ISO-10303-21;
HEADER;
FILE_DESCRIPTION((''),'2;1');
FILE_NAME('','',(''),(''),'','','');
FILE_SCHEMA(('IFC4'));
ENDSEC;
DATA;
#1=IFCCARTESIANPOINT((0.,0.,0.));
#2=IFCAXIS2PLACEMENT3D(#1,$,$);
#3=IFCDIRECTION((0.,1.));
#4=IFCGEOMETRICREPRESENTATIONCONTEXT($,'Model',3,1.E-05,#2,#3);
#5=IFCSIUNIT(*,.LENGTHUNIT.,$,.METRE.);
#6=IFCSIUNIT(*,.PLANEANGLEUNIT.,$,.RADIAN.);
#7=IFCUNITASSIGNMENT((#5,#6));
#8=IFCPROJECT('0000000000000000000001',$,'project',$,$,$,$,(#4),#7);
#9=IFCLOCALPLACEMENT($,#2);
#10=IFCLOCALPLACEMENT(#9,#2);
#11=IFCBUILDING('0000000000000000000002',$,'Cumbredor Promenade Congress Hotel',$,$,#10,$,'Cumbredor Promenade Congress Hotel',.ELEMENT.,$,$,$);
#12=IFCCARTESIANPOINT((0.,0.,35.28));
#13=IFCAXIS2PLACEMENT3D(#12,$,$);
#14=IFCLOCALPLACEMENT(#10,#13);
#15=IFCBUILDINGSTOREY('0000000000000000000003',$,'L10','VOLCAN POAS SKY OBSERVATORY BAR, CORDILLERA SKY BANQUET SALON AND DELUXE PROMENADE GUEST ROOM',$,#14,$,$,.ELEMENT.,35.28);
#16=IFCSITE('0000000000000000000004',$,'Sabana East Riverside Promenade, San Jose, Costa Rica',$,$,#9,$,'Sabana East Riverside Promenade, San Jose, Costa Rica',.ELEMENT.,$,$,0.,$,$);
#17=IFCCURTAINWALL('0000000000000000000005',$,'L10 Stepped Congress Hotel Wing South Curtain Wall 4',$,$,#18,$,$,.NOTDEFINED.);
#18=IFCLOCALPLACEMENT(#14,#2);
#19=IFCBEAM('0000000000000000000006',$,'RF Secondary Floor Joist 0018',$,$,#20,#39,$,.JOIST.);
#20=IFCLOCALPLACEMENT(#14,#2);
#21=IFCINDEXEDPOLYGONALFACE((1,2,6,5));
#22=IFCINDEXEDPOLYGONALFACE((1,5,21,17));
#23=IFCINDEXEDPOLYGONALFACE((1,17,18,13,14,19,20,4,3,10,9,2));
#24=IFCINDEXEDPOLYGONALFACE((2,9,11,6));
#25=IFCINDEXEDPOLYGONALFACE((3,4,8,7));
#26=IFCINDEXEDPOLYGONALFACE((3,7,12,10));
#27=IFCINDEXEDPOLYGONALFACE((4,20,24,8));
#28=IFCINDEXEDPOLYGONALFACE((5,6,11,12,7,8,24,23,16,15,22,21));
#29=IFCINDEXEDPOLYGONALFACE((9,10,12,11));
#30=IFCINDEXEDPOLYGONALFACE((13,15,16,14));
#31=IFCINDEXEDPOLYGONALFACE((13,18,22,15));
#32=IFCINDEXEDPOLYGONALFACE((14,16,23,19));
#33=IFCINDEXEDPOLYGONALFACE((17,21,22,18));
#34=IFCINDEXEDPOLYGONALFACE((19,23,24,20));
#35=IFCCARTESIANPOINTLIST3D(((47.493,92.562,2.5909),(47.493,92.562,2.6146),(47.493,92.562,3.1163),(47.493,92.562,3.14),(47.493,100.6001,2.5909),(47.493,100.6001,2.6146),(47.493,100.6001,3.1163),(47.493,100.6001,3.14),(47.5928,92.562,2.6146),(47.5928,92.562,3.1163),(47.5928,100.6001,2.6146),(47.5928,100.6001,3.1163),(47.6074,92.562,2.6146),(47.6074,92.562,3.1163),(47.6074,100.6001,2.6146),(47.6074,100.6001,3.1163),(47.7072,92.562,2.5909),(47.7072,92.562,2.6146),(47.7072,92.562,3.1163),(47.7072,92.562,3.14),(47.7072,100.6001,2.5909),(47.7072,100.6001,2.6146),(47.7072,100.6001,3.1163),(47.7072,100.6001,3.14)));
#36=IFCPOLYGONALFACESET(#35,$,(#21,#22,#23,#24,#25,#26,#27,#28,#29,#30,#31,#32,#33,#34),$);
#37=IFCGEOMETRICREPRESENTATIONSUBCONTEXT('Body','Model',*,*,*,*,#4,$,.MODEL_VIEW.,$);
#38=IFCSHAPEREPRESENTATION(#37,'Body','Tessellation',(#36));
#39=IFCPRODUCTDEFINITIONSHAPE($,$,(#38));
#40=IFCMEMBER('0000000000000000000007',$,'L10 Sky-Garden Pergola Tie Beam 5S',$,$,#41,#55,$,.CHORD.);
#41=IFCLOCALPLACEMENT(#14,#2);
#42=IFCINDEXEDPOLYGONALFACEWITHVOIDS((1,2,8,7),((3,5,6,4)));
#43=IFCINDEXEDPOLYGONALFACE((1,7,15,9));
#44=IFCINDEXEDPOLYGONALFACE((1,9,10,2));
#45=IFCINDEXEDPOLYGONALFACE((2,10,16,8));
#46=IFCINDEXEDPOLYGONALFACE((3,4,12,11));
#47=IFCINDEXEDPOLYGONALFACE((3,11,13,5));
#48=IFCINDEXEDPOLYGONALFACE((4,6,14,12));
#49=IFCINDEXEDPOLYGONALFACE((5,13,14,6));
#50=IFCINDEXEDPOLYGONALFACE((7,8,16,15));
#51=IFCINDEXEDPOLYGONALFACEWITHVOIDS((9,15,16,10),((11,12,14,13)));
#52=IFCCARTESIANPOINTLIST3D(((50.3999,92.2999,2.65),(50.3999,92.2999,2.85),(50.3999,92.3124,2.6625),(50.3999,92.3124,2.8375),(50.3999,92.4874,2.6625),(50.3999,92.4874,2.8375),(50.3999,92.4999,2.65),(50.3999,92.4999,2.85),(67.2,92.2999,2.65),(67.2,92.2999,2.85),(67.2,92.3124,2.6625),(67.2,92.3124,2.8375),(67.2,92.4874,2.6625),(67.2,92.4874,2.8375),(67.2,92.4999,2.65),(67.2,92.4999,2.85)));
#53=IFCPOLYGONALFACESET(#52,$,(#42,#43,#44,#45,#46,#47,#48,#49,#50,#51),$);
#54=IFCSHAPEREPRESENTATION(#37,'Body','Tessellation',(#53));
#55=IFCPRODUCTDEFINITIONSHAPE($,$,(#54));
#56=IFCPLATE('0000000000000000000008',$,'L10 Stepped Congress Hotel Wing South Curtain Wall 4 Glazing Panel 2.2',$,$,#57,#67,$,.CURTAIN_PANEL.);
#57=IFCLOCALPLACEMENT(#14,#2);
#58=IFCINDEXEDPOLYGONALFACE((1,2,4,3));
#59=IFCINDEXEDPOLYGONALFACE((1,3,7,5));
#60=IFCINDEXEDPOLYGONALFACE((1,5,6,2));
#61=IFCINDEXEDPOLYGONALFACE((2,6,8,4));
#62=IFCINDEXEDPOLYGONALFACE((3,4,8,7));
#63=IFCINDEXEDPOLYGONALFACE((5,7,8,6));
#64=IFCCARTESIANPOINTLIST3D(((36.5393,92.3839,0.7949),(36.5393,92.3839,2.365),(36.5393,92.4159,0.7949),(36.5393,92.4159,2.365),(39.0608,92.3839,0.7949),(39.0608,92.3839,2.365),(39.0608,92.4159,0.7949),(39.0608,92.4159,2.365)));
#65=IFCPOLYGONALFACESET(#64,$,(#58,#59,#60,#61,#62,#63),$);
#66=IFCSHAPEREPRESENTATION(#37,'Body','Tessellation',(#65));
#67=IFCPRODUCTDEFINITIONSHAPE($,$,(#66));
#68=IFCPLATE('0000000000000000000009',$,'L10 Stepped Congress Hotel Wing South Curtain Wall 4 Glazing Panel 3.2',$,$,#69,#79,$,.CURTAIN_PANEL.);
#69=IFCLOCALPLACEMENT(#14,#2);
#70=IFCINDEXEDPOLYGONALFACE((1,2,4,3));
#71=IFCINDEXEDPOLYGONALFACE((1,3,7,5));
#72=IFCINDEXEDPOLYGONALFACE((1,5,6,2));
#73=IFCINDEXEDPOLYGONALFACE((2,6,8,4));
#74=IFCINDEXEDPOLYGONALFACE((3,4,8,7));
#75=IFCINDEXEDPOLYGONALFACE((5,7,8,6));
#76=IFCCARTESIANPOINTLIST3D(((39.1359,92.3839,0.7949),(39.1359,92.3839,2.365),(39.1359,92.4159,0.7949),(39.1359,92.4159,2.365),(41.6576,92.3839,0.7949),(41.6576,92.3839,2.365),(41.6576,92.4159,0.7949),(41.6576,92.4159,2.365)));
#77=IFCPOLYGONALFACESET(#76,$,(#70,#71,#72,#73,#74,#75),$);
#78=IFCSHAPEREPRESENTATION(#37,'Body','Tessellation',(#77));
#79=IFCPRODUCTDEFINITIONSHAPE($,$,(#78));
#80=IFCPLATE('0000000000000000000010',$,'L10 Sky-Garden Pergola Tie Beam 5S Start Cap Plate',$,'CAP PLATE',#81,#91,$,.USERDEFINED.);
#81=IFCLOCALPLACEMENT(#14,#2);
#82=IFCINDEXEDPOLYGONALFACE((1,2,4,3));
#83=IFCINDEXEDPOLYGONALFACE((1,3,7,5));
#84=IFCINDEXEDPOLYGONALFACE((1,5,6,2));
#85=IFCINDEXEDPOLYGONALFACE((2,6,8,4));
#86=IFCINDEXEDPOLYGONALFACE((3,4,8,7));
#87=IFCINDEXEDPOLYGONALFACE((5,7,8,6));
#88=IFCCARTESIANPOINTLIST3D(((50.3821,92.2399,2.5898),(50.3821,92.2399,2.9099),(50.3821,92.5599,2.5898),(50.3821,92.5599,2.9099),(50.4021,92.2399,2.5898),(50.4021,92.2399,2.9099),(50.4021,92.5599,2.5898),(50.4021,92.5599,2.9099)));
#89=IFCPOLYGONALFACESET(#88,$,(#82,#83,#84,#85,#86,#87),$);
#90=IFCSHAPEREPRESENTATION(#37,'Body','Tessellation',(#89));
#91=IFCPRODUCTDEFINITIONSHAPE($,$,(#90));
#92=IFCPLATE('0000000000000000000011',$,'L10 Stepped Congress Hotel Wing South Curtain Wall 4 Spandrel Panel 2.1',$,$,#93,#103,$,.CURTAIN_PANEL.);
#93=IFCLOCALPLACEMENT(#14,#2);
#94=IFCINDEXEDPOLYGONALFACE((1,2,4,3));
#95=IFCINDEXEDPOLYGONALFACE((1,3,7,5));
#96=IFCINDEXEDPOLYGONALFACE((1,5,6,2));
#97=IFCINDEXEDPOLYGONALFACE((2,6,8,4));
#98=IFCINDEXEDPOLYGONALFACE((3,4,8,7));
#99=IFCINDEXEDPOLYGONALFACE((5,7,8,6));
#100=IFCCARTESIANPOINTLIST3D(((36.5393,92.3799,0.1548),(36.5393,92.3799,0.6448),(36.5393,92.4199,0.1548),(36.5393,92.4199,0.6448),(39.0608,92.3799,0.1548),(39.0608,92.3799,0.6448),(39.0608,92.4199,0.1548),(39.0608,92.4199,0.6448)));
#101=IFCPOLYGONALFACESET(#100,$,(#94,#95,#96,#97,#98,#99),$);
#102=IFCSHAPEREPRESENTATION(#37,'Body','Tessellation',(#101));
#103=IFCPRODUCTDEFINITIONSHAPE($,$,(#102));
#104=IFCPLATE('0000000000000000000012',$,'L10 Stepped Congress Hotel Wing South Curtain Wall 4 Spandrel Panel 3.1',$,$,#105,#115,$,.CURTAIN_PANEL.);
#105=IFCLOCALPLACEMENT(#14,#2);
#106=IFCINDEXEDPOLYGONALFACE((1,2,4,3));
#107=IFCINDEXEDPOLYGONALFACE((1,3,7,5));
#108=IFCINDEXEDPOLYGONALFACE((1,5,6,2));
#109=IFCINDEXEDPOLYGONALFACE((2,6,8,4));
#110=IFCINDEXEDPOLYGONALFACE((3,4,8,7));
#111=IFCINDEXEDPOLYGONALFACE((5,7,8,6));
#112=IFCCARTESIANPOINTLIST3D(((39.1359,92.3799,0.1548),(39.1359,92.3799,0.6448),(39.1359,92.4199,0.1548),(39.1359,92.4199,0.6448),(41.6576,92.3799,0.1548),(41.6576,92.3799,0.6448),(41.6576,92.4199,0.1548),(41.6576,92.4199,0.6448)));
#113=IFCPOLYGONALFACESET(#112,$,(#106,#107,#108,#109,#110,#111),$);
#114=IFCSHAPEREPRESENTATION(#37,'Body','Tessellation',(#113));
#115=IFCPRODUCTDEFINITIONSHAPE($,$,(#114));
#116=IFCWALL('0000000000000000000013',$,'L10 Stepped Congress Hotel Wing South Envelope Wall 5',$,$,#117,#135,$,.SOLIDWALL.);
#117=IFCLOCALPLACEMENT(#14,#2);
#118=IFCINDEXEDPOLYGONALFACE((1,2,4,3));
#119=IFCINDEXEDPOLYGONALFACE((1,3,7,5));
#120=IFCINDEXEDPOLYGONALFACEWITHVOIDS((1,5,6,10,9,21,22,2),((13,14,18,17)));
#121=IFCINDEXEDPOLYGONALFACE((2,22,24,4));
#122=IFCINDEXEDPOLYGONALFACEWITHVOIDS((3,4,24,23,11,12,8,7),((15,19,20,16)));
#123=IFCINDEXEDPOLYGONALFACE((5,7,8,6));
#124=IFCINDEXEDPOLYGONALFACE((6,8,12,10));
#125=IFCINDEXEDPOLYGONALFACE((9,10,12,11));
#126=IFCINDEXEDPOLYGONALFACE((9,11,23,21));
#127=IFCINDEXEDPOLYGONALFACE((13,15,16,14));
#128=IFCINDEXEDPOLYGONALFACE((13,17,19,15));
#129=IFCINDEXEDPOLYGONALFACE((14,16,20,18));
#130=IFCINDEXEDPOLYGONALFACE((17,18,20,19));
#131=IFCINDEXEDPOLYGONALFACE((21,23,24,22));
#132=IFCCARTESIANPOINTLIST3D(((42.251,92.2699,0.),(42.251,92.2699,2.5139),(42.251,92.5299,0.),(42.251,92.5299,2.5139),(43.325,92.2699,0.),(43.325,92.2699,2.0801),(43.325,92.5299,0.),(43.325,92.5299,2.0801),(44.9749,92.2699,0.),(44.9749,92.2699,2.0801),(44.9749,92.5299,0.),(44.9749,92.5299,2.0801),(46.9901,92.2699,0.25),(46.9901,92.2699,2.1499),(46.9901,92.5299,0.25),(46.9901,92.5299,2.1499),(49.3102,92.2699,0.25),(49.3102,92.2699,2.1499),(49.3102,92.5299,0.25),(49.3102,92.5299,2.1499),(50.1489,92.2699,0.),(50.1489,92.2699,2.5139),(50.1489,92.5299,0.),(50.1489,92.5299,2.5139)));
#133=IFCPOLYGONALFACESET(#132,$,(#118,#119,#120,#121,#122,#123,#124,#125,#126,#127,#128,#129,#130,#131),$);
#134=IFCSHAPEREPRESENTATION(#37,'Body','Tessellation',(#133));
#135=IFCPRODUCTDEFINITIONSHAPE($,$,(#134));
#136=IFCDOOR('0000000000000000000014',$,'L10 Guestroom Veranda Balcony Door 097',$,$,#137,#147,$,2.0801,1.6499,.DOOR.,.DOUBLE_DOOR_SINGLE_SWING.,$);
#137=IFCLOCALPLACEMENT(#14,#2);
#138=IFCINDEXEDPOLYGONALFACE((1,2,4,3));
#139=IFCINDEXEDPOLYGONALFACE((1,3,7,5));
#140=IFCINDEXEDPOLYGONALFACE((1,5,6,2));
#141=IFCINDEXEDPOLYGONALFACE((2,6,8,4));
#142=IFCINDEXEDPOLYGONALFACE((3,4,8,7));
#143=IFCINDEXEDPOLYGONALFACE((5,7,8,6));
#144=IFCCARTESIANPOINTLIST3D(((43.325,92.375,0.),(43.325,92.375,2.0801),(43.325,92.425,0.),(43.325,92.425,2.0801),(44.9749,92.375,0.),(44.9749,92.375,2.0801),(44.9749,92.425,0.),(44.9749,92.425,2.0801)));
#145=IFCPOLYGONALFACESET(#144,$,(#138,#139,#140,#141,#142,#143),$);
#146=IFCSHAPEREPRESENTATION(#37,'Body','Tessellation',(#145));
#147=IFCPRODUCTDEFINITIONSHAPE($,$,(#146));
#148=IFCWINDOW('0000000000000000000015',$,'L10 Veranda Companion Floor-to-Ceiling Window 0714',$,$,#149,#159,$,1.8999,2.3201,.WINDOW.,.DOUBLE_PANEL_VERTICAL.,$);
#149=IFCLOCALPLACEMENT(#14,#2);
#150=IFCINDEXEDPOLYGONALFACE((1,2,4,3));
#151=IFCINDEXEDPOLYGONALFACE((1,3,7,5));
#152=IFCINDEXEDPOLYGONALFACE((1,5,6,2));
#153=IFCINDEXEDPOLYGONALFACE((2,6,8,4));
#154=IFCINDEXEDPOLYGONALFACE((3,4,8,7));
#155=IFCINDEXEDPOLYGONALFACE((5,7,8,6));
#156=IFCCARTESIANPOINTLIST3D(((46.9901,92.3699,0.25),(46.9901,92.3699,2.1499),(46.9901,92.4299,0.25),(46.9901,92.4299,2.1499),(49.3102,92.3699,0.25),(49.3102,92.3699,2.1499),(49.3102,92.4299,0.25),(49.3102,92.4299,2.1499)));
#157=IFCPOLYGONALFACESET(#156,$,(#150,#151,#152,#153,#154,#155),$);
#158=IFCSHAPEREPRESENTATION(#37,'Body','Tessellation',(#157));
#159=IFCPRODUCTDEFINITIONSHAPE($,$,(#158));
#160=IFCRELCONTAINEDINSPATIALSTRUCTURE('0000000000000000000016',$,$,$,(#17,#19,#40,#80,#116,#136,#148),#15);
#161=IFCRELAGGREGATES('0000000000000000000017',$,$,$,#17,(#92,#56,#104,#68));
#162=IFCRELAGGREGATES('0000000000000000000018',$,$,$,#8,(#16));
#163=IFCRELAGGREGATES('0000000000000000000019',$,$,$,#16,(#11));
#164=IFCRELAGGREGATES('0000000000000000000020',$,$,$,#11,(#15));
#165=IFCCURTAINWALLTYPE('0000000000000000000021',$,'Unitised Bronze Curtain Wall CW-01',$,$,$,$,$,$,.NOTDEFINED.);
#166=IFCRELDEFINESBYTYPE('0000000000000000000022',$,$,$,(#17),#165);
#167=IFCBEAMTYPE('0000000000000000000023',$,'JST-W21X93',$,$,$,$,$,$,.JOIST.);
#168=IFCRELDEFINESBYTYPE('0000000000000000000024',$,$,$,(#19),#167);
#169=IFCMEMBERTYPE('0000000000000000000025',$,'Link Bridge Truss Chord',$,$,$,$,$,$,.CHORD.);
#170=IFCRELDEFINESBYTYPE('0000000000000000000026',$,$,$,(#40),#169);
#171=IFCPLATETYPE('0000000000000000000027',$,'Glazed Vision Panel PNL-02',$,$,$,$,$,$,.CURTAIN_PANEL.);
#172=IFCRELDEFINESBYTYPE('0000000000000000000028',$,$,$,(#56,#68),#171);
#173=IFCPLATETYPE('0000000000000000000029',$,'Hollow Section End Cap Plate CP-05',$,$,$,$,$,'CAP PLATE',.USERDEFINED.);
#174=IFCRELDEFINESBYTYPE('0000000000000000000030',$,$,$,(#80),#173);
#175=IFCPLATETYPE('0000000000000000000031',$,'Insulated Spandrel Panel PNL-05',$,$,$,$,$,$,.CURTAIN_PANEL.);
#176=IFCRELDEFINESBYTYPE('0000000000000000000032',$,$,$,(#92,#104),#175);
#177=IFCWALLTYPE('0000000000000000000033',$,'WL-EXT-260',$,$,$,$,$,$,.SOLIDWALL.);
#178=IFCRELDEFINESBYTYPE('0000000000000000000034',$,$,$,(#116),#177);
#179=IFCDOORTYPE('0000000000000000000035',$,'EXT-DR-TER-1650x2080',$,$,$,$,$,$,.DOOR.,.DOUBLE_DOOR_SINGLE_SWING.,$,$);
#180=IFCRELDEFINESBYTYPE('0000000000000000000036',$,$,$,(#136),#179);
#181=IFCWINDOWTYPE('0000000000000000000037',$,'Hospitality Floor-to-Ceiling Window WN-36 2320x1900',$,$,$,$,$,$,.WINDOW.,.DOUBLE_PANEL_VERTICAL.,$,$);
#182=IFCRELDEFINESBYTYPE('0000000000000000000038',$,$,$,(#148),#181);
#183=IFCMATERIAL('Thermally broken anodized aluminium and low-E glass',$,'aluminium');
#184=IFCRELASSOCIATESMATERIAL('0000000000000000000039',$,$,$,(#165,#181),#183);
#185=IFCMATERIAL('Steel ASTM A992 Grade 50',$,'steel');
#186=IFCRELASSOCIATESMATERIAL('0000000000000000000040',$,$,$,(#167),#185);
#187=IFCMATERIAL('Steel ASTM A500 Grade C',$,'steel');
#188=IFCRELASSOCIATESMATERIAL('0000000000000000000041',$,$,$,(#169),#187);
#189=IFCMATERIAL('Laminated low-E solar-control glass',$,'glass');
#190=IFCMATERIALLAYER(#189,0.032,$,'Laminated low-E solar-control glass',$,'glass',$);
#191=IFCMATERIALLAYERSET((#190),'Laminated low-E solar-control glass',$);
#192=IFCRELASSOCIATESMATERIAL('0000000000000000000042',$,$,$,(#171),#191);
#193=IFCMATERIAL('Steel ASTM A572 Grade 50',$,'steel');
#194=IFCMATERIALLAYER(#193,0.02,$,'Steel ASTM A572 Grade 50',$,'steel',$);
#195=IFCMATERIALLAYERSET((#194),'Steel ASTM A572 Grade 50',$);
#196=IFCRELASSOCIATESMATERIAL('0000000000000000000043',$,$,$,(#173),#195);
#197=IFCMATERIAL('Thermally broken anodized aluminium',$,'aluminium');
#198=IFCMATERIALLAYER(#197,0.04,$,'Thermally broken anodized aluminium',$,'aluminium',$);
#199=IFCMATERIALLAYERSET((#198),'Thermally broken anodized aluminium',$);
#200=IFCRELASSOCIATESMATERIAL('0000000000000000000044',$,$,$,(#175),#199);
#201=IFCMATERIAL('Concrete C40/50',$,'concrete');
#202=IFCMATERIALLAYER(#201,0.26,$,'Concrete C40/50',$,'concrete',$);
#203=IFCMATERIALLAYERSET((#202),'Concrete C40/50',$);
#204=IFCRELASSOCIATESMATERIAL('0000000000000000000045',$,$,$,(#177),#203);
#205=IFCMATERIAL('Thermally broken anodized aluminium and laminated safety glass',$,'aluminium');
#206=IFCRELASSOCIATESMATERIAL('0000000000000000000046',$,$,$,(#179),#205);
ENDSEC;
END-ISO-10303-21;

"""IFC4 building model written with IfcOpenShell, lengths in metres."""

from ifc_helpers import new_model, si_unit, direction, frame, frame_2d, origin, origin_2d, place, context, subcontext, project, spatial, rectangle, hollow_rectangle, i_section, extrude, material, layer, layer_set, material_profile, profile_set, type_object, element, fill, aggregate, save


model = new_model("IFC4")

# Units and contexts
model_context = context("Model", 3, precision=1e-05, world=origin(), true_north=direction((0.0, 1.0)))
body_context = subcontext(model_context, "Body", "Model", "MODEL_VIEW")
ifc_project = project(units=[si_unit("LENGTHUNIT", "METRE"), si_unit("PLANEANGLEUNIT", "RADIAN")], contexts=[model_context])

# Site, building, storey
site_placement = place(None, origin())
site = spatial("IfcSite", under=ifc_project, at=site_placement, Name="Sabana East Riverside Promenade, San Jose, Costa Rica", LongName="Sabana East Riverside Promenade, San Jose, Costa Rica", CompositionType="ELEMENT", RefElevation=0.0)
building_placement = place(site_placement, origin())
building = spatial("IfcBuilding", under=site, at=building_placement, Name="Cumbredor Promenade Congress Hotel", LongName="Cumbredor Promenade Congress Hotel", CompositionType="ELEMENT")
storey_placement = place(building_placement, frame((0.0, 0.0, 35.28)))
storey = spatial("IfcBuildingStorey", under=building, at=storey_placement, Name="L10", Description="VOLCAN POAS SKY OBSERVATORY BAR, CORDILLERA SKY BANQUET SALON AND DELUXE PROMENADE GUEST ROOM", CompositionType="ELEMENT", Elevation=35.28)

# Shared definitions
ifc_material_1 = material(Name="Concrete C40/50", Category="concrete")

# Shared definitions
ifc_material_2 = material(Name="Steel ASTM A992 Grade 50", Category="steel")

# Curtain wall
ifc_material_3 = material(Name="Thermally broken anodized aluminium and low-E glass", Category="aluminium")
curtain_wall_type_1 = type_object("IfcCurtainWallType", Name="Unitised Bronze Curtain Wall CW-01", PredefinedType="NOTDEFINED", material=ifc_material_3)
curtain_wall_1_placement = place(storey_placement, origin())
curtain_wall_1 = element("IfcCurtainWall", 1, at=curtain_wall_1_placement, inside=storey, type_object=curtain_wall_type_1, Name="L10 Stepped Congress Hotel Wing South Curtain Wall 4", PredefinedType="NOTDEFINED")
ifc_material_4 = material(Name="Thermally broken anodized aluminium", Category="aluminium")

# Beam
ifc_material_profile_1 = material_profile(ifc_material_2, i_section(OverallWidth=0.2141, OverallDepth=0.5491, WebThickness=0.0146, FlangeThickness=0.0237, at=origin_2d()), Name="W21X93")
ifc_profile_set_1 = profile_set([ifc_material_profile_1], Name="Steel ASTM A992 Grade 50")
beam_type_1 = type_object("IfcBeamType", Name="JST-W21X93", PredefinedType="JOIST", material=ifc_profile_set_1)
for number, where, z_axis, x_axis, name in (
    (2, (47.6001, 92.562, 2.8655), (0.0, 1.0, 0.0), (-1.0, 0.0, 0.0), "RF Secondary Floor Joist 0018"),
):
    element("IfcBeam", number, at=place(storey_placement, frame(where, z_axis=z_axis, x_axis=x_axis)), inside=storey, type_object=beam_type_1, Name=name, PredefinedType="JOIST", context=body_context, shape_type="SweptSolid", body=[
        extrude(i_section(OverallWidth=0.2141, OverallDepth=0.5491, WebThickness=0.0146, FlangeThickness=0.0237, at=origin_2d()), origin(), (0.0, 0.0, 1.0), 8.0381),
    ])

# Member
ifc_material_5 = material(Name="Steel ASTM A500 Grade C", Category="steel")
ifc_material_profile_2 = material_profile(ifc_material_5, hollow_rectangle(XDim=0.2, YDim=0.2, WallThickness=0.0125, at=origin_2d()), Name="HSS 200x200x12.5")
ifc_profile_set_2 = profile_set([ifc_material_profile_2], Name="Steel ASTM A500 Grade C")
member_type_1 = type_object("IfcMemberType", Name="Link Bridge Truss Chord", PredefinedType="CHORD", material=ifc_profile_set_2)
member_1_placement = place(storey_placement, frame((50.3999, 92.3999, 2.75), z_axis=(1.0, 0.0, 0.0), x_axis=(0.0, 1.0, 0.0)))
element("IfcMember", 3, at=member_1_placement, inside=storey, type_object=member_type_1, Name="L10 Sky-Garden Pergola Tie Beam 5S", PredefinedType="CHORD", context=body_context, shape_type="SweptSolid", body=[
    extrude(hollow_rectangle(XDim=0.2, YDim=0.2, WallThickness=0.0125, at=origin_2d()), origin(), (0.0, 0.0, 1.0), 16.8),
])

# Plates
ifc_material_6 = material(Name="Laminated low-E solar-control glass", Category="glass")
ifc_layer_1 = layer(ifc_material_6, 0.032, Name="Laminated low-E solar-control glass", Category="glass")
ifc_layer_set_1 = layer_set([ifc_layer_1], Name="Laminated low-E solar-control glass")
plate_type_1 = type_object("IfcPlateType", Name="Glazed Vision Panel PNL-02", PredefinedType="CURTAIN_PANEL", material=ifc_layer_set_1)
plate_1_placement = place(storey_placement, frame((37.8, 92.3999, 0.7949), z_axis=(0.0, 0.0, 1.0), x_axis=(1.0, 0.0, 0.0)))
plate_1 = element("IfcPlate", 4, at=plate_1_placement, type_object=plate_type_1, Name="L10 Stepped Congress Hotel Wing South Curtain Wall 4 Glazing Panel 2.2", PredefinedType="CURTAIN_PANEL", context=body_context, shape_type="SweptSolid", body=[
    extrude(rectangle(XDim=2.5215, YDim=0.032, at=origin_2d()), origin(), (0.0, 0.0, 1.0), 1.5701),
])
plate_2_placement = place(storey_placement, frame((40.3967, 92.3999, 0.7949), z_axis=(0.0, 0.0, 1.0), x_axis=(1.0, 0.0, 0.0)))
plate_2 = element("IfcPlate", 5, at=plate_2_placement, type_object=plate_type_1, Name="L10 Stepped Congress Hotel Wing South Curtain Wall 4 Glazing Panel 3.2", PredefinedType="CURTAIN_PANEL", context=body_context, shape_type="SweptSolid", body=[
    extrude(rectangle(XDim=2.5217, YDim=0.032, at=origin_2d()), origin(), (0.0, 0.0, 1.0), 1.5701),
])
ifc_material_7 = material(Name="Steel ASTM A572 Grade 50", Category="steel")
ifc_layer_2 = layer(ifc_material_7, 0.02, Name="Steel ASTM A572 Grade 50", Category="steel")
ifc_layer_set_2 = layer_set([ifc_layer_2], Name="Steel ASTM A572 Grade 50")
plate_type_2 = type_object("IfcPlateType", Name="Hollow Section End Cap Plate CP-05", ElementType="CAP PLATE", PredefinedType="USERDEFINED", material=ifc_layer_set_2)
plate_3_placement = place(storey_placement, frame((50.3921, 92.3999, 2.5898), z_axis=(0.0, 0.0, 1.0), x_axis=(1.0, 0.0, 0.0)))
element("IfcPlate", 6, at=plate_3_placement, inside=storey, type_object=plate_type_2, Name="L10 Sky-Garden Pergola Tie Beam 5S Start Cap Plate", ObjectType="CAP PLATE", PredefinedType="USERDEFINED", context=body_context, shape_type="SweptSolid", body=[
    extrude(rectangle(XDim=0.02, YDim=0.3201, at=origin_2d()), origin(), (0.0, 0.0, 1.0), 0.3201),
])
ifc_layer_3 = layer(ifc_material_4, 0.04, Name="Thermally broken anodized aluminium", Category="aluminium")
ifc_layer_set_3 = layer_set([ifc_layer_3], Name="Thermally broken anodized aluminium")
plate_type_3 = type_object("IfcPlateType", Name="Insulated Spandrel Panel PNL-05", PredefinedType="CURTAIN_PANEL", material=ifc_layer_set_3)
plate_4_placement = place(storey_placement, frame((37.8, 92.3999, 0.1548), z_axis=(0.0, 0.0, 1.0), x_axis=(1.0, 0.0, 0.0)))
plate_4 = element("IfcPlate", 7, at=plate_4_placement, type_object=plate_type_3, Name="L10 Stepped Congress Hotel Wing South Curtain Wall 4 Spandrel Panel 2.1", PredefinedType="CURTAIN_PANEL", context=body_context, shape_type="SweptSolid", body=[
    extrude(rectangle(XDim=2.5215, YDim=0.04, at=origin_2d()), origin(), (0.0, 0.0, 1.0), 0.49),
])
plate_5_placement = place(storey_placement, frame((40.3967, 92.3999, 0.1548), z_axis=(0.0, 0.0, 1.0), x_axis=(1.0, 0.0, 0.0)))
plate_5 = element("IfcPlate", 8, at=plate_5_placement, type_object=plate_type_3, Name="L10 Stepped Congress Hotel Wing South Curtain Wall 4 Spandrel Panel 3.1", PredefinedType="CURTAIN_PANEL", context=body_context, shape_type="SweptSolid", body=[
    extrude(rectangle(XDim=2.5217, YDim=0.04, at=origin_2d()), origin(), (0.0, 0.0, 1.0), 0.49),
])
aggregate(curtain_wall_1, [plate_4, plate_1, plate_5, plate_2])

# Wall, openings, door, window
ifc_layer_4 = layer(ifc_material_1, 0.26, Name="Concrete C40/50", Category="concrete")
ifc_layer_set_4 = layer_set([ifc_layer_4], Name="Concrete C40/50")
wall_type_1 = type_object("IfcWallType", Name="WL-EXT-260", PredefinedType="SOLIDWALL", material=ifc_layer_set_4)
wall_1_placement = place(storey_placement, frame((42.251, 92.3999, 0.0), z_axis=(0.0, 0.0, 1.0), x_axis=(1.0, 0.0, 0.0)))
wall_1 = element("IfcWall", 9, at=wall_1_placement, inside=storey, type_object=wall_type_1, Name="L10 Stepped Congress Hotel Wing South Envelope Wall 5", PredefinedType="SOLIDWALL", context=body_context, shape_type="SweptSolid", body=[
    extrude(rectangle(XDim=7.8979, YDim=0.26, at=frame_2d((3.949, 0.0))), origin(), (0.0, 0.0, 1.0), 2.5139),
])
opening_1_placement = place(wall_1_placement, frame((1.074, 0.0, 0.0)))
opening_1 = element("IfcOpeningElement", 10, at=opening_1_placement, cuts=wall_1, PredefinedType="OPENING", context=body_context, shape_type="SweptSolid", body=[
    extrude(rectangle(XDim=1.6499, YDim=2.0801, at=frame_2d((0.825, 1.04))), frame((0.0, 0.1401, 0.0), z_axis=(0.0, -1.0, 0.0), x_axis=(1.0, 0.0, 0.0)), (0.0, 0.0, 1.0), 0.28),
])
opening_2_placement = place(wall_1_placement, frame((4.739, 0.0, 0.25)))
opening_2 = element("IfcOpeningElement", 11, at=opening_2_placement, cuts=wall_1, PredefinedType="OPENING", context=body_context, shape_type="SweptSolid", body=[
    extrude(rectangle(XDim=2.3201, YDim=1.8999, at=frame_2d((1.1602, 0.95))), frame((0.0, 0.1401, 0.0), z_axis=(0.0, -1.0, 0.0), x_axis=(1.0, 0.0, 0.0)), (0.0, 0.0, 1.0), 0.28),
])
ifc_material_8 = material(Name="Thermally broken anodized aluminium and laminated safety glass", Category="aluminium")
door_type = type_object("IfcDoorType", Name="EXT-DR-TER-1650x2080", OperationType="DOUBLE_DOOR_SINGLE_SWING", PredefinedType="DOOR", material=ifc_material_8)
door_placement = place(opening_1_placement, frame((1.6499, 0.0, 0.0), z_axis=(0.0, 0.0, 1.0), x_axis=(-1.0, 0.0, 0.0)))
door = element("IfcDoor", 12, at=door_placement, inside=storey, type_object=door_type, Name="L10 Guestroom Veranda Balcony Door 097", OperationType="DOUBLE_DOOR_SINGLE_SWING", OverallHeight=2.0801, OverallWidth=1.6499, PredefinedType="DOOR", context=body_context, shape_type="SweptSolid", body=[
    extrude(rectangle(XDim=1.6499, YDim=2.0801, at=frame_2d((0.825, 1.04))), frame((0.0, 0.0249, 0.0), z_axis=(0.0, -1.0, 0.0), x_axis=(1.0, 0.0, 0.0)), (0.0, 0.0, 1.0), 0.05),
])
fill(opening_1, door)
window_type_1 = type_object("IfcWindowType", Name="Hospitality Floor-to-Ceiling Window WN-36 2320x1900", PartitioningType="DOUBLE_PANEL_VERTICAL", PredefinedType="WINDOW", material=ifc_material_3)
window_1_placement = place(opening_2_placement, origin())
window_1 = element("IfcWindow", 13, at=window_1_placement, inside=storey, type_object=window_type_1, Name="L10 Veranda Companion Floor-to-Ceiling Window 0714", OverallHeight=1.8999, OverallWidth=2.3201, PartitioningType="DOUBLE_PANEL_VERTICAL", PredefinedType="WINDOW", context=body_context, shape_type="SweptSolid", body=[
    extrude(rectangle(XDim=2.3201, YDim=1.8999, at=frame_2d((1.1602, 0.95))), frame((0.0, 0.03, 0.0), z_axis=(0.0, -1.0, 0.0), x_axis=(1.0, 0.0, 0.0)), (0.0, 0.0, 1.0), 0.0601),
])
fill(opening_2, window_1)

save(model, "model.ifc")
